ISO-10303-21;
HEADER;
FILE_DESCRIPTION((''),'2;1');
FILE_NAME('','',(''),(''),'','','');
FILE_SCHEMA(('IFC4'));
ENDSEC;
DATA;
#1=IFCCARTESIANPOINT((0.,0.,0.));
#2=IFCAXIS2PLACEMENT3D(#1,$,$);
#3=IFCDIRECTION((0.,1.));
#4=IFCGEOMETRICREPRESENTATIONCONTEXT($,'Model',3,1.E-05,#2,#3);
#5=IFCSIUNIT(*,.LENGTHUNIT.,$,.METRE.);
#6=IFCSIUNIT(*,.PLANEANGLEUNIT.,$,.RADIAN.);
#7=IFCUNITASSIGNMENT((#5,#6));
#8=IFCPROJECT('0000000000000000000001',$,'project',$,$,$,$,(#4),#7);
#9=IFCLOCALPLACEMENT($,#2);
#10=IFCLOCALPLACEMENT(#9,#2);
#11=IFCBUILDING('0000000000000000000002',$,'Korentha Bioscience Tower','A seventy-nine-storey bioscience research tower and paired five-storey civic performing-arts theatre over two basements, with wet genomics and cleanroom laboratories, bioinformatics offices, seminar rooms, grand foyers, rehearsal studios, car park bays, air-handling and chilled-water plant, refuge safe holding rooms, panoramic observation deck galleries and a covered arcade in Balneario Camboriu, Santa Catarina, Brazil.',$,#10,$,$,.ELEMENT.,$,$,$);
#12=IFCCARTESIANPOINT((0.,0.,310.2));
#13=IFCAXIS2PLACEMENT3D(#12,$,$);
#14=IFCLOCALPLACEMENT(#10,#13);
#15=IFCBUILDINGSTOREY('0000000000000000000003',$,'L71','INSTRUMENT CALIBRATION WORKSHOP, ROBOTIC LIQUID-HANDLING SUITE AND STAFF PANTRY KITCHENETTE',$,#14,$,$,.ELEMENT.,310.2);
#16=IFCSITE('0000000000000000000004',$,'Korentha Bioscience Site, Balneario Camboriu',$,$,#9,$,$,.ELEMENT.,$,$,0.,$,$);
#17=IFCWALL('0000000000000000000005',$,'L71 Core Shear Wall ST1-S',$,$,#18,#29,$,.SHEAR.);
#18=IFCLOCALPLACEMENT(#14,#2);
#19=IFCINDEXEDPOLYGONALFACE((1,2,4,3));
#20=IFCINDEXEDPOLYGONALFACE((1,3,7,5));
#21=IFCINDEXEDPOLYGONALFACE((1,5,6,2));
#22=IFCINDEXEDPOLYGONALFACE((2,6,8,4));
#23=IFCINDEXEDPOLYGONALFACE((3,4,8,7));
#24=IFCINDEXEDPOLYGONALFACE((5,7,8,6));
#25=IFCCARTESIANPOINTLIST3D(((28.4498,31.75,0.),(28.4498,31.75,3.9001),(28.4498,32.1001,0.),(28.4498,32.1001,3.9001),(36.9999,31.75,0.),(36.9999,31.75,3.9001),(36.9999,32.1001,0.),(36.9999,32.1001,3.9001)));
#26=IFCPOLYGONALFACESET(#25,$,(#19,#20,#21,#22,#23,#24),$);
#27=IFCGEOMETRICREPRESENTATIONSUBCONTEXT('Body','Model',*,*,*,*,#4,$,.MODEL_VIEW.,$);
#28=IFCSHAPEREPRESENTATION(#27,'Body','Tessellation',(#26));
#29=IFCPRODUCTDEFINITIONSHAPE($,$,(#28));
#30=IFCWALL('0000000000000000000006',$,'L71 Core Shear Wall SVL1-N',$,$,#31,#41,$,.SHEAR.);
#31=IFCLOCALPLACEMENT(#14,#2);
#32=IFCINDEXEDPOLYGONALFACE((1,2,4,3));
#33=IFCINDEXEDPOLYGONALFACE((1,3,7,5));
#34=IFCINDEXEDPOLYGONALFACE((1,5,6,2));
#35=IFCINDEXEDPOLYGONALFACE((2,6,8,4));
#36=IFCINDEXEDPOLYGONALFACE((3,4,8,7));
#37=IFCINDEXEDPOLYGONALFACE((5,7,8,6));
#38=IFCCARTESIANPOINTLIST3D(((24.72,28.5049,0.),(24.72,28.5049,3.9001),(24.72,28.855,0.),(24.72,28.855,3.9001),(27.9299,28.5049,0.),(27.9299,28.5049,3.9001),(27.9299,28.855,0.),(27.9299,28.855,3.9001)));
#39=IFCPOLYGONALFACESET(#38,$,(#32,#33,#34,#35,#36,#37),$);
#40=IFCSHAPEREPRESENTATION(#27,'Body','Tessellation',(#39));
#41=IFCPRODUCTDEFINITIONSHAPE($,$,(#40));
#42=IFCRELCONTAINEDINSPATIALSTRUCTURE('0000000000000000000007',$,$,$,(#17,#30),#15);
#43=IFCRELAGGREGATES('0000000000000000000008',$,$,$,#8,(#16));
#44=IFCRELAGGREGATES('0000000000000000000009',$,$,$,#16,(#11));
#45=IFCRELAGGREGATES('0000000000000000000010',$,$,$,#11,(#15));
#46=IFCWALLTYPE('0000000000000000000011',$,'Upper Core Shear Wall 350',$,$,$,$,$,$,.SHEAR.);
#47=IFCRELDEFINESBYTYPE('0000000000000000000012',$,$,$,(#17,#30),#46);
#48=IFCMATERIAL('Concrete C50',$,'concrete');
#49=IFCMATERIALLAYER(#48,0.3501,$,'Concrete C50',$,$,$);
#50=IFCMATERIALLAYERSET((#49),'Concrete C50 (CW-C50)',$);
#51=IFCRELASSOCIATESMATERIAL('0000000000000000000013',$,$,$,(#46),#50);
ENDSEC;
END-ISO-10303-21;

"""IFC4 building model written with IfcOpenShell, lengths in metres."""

from ifc_helpers import new_model, si_unit, direction, frame, frame_2d, origin, place, context, subcontext, project, spatial, rectangle, extrude, material, layer, layer_set, type_object, element, save


model = new_model("IFC4")

# Units and contexts
model_context = context("Model", 3, precision=1e-05, world=origin(), true_north=direction((0.0, 1.0)))
body_context = subcontext(model_context, "Body", "Model", "MODEL_VIEW")
ifc_project = project(units=[si_unit("LENGTHUNIT", "METRE"), si_unit("PLANEANGLEUNIT", "RADIAN")], contexts=[model_context])

# Site, building, storey
site_placement = place(None, origin())
site = spatial("IfcSite", under=ifc_project, at=site_placement, Name="Korentha Bioscience Site, Balneario Camboriu", CompositionType="ELEMENT", RefElevation=0.0)
building_placement = place(site_placement, origin())
building = spatial("IfcBuilding", under=site, at=building_placement, Name="Korentha Bioscience Tower", Description="A seventy-nine-storey bioscience research tower and paired five-storey civic performing-arts theatre over two basements, with wet genomics and cleanroom laboratories, bioinformatics offices, seminar rooms, grand foyers, rehearsal studios, car park bays, air-handling and chilled-water plant, refuge safe holding rooms, panoramic observation deck galleries and a covered arcade in Balneario Camboriu, Santa Catarina, Brazil.", CompositionType="ELEMENT")
storey_placement = place(building_placement, frame((0.0, 0.0, 310.2)))
storey = spatial("IfcBuildingStorey", under=building, at=storey_placement, Name="L71", Description="INSTRUMENT CALIBRATION WORKSHOP, ROBOTIC LIQUID-HANDLING SUITE AND STAFF PANTRY KITCHENETTE", CompositionType="ELEMENT", Elevation=310.2)

# Wall
ifc_material_1 = material(Name="Concrete C50", Category="concrete")
ifc_layer_1 = layer(ifc_material_1, 0.3501, Name="Concrete C50")
ifc_layer_set_1 = layer_set([ifc_layer_1], Name="Concrete C50 (CW-C50)")
wall_type_1 = type_object("IfcWallType", Name="Upper Core Shear Wall 350", PredefinedType="SHEAR", material=ifc_layer_set_1)
wall_1_placement = place(storey_placement, frame((28.45, 31.925, 0.0), z_axis=(0.0, 0.0, 1.0), x_axis=(1.0, 0.0, 0.0)))
element("IfcWall", 1, at=wall_1_placement, inside=storey, type_object=wall_type_1, Name="L71 Core Shear Wall ST1-S", PredefinedType="SHEAR", context=body_context, shape_type="SweptSolid", body=[
    extrude(rectangle(XDim=8.55, YDim=0.3501, at=frame_2d((4.2749, 0.0))), origin(), (0.0, 0.0, 1.0), 3.9001),
])

# Wall
wall_2_placement = place(storey_placement, frame((24.72, 28.6799, 0.0), z_axis=(0.0, 0.0, 1.0), x_axis=(1.0, 0.0, 0.0)))
element("IfcWall", 2, at=wall_2_placement, inside=storey, type_object=wall_type_1, Name="L71 Core Shear Wall SVL1-N", PredefinedType="SHEAR", context=body_context, shape_type="SweptSolid", body=[
    extrude(rectangle(XDim=3.21, YDim=0.3501, at=frame_2d((1.605, 0.0))), origin(), (0.0, 0.0, 1.0), 3.9001),
])

save(model, "model.ifc")
